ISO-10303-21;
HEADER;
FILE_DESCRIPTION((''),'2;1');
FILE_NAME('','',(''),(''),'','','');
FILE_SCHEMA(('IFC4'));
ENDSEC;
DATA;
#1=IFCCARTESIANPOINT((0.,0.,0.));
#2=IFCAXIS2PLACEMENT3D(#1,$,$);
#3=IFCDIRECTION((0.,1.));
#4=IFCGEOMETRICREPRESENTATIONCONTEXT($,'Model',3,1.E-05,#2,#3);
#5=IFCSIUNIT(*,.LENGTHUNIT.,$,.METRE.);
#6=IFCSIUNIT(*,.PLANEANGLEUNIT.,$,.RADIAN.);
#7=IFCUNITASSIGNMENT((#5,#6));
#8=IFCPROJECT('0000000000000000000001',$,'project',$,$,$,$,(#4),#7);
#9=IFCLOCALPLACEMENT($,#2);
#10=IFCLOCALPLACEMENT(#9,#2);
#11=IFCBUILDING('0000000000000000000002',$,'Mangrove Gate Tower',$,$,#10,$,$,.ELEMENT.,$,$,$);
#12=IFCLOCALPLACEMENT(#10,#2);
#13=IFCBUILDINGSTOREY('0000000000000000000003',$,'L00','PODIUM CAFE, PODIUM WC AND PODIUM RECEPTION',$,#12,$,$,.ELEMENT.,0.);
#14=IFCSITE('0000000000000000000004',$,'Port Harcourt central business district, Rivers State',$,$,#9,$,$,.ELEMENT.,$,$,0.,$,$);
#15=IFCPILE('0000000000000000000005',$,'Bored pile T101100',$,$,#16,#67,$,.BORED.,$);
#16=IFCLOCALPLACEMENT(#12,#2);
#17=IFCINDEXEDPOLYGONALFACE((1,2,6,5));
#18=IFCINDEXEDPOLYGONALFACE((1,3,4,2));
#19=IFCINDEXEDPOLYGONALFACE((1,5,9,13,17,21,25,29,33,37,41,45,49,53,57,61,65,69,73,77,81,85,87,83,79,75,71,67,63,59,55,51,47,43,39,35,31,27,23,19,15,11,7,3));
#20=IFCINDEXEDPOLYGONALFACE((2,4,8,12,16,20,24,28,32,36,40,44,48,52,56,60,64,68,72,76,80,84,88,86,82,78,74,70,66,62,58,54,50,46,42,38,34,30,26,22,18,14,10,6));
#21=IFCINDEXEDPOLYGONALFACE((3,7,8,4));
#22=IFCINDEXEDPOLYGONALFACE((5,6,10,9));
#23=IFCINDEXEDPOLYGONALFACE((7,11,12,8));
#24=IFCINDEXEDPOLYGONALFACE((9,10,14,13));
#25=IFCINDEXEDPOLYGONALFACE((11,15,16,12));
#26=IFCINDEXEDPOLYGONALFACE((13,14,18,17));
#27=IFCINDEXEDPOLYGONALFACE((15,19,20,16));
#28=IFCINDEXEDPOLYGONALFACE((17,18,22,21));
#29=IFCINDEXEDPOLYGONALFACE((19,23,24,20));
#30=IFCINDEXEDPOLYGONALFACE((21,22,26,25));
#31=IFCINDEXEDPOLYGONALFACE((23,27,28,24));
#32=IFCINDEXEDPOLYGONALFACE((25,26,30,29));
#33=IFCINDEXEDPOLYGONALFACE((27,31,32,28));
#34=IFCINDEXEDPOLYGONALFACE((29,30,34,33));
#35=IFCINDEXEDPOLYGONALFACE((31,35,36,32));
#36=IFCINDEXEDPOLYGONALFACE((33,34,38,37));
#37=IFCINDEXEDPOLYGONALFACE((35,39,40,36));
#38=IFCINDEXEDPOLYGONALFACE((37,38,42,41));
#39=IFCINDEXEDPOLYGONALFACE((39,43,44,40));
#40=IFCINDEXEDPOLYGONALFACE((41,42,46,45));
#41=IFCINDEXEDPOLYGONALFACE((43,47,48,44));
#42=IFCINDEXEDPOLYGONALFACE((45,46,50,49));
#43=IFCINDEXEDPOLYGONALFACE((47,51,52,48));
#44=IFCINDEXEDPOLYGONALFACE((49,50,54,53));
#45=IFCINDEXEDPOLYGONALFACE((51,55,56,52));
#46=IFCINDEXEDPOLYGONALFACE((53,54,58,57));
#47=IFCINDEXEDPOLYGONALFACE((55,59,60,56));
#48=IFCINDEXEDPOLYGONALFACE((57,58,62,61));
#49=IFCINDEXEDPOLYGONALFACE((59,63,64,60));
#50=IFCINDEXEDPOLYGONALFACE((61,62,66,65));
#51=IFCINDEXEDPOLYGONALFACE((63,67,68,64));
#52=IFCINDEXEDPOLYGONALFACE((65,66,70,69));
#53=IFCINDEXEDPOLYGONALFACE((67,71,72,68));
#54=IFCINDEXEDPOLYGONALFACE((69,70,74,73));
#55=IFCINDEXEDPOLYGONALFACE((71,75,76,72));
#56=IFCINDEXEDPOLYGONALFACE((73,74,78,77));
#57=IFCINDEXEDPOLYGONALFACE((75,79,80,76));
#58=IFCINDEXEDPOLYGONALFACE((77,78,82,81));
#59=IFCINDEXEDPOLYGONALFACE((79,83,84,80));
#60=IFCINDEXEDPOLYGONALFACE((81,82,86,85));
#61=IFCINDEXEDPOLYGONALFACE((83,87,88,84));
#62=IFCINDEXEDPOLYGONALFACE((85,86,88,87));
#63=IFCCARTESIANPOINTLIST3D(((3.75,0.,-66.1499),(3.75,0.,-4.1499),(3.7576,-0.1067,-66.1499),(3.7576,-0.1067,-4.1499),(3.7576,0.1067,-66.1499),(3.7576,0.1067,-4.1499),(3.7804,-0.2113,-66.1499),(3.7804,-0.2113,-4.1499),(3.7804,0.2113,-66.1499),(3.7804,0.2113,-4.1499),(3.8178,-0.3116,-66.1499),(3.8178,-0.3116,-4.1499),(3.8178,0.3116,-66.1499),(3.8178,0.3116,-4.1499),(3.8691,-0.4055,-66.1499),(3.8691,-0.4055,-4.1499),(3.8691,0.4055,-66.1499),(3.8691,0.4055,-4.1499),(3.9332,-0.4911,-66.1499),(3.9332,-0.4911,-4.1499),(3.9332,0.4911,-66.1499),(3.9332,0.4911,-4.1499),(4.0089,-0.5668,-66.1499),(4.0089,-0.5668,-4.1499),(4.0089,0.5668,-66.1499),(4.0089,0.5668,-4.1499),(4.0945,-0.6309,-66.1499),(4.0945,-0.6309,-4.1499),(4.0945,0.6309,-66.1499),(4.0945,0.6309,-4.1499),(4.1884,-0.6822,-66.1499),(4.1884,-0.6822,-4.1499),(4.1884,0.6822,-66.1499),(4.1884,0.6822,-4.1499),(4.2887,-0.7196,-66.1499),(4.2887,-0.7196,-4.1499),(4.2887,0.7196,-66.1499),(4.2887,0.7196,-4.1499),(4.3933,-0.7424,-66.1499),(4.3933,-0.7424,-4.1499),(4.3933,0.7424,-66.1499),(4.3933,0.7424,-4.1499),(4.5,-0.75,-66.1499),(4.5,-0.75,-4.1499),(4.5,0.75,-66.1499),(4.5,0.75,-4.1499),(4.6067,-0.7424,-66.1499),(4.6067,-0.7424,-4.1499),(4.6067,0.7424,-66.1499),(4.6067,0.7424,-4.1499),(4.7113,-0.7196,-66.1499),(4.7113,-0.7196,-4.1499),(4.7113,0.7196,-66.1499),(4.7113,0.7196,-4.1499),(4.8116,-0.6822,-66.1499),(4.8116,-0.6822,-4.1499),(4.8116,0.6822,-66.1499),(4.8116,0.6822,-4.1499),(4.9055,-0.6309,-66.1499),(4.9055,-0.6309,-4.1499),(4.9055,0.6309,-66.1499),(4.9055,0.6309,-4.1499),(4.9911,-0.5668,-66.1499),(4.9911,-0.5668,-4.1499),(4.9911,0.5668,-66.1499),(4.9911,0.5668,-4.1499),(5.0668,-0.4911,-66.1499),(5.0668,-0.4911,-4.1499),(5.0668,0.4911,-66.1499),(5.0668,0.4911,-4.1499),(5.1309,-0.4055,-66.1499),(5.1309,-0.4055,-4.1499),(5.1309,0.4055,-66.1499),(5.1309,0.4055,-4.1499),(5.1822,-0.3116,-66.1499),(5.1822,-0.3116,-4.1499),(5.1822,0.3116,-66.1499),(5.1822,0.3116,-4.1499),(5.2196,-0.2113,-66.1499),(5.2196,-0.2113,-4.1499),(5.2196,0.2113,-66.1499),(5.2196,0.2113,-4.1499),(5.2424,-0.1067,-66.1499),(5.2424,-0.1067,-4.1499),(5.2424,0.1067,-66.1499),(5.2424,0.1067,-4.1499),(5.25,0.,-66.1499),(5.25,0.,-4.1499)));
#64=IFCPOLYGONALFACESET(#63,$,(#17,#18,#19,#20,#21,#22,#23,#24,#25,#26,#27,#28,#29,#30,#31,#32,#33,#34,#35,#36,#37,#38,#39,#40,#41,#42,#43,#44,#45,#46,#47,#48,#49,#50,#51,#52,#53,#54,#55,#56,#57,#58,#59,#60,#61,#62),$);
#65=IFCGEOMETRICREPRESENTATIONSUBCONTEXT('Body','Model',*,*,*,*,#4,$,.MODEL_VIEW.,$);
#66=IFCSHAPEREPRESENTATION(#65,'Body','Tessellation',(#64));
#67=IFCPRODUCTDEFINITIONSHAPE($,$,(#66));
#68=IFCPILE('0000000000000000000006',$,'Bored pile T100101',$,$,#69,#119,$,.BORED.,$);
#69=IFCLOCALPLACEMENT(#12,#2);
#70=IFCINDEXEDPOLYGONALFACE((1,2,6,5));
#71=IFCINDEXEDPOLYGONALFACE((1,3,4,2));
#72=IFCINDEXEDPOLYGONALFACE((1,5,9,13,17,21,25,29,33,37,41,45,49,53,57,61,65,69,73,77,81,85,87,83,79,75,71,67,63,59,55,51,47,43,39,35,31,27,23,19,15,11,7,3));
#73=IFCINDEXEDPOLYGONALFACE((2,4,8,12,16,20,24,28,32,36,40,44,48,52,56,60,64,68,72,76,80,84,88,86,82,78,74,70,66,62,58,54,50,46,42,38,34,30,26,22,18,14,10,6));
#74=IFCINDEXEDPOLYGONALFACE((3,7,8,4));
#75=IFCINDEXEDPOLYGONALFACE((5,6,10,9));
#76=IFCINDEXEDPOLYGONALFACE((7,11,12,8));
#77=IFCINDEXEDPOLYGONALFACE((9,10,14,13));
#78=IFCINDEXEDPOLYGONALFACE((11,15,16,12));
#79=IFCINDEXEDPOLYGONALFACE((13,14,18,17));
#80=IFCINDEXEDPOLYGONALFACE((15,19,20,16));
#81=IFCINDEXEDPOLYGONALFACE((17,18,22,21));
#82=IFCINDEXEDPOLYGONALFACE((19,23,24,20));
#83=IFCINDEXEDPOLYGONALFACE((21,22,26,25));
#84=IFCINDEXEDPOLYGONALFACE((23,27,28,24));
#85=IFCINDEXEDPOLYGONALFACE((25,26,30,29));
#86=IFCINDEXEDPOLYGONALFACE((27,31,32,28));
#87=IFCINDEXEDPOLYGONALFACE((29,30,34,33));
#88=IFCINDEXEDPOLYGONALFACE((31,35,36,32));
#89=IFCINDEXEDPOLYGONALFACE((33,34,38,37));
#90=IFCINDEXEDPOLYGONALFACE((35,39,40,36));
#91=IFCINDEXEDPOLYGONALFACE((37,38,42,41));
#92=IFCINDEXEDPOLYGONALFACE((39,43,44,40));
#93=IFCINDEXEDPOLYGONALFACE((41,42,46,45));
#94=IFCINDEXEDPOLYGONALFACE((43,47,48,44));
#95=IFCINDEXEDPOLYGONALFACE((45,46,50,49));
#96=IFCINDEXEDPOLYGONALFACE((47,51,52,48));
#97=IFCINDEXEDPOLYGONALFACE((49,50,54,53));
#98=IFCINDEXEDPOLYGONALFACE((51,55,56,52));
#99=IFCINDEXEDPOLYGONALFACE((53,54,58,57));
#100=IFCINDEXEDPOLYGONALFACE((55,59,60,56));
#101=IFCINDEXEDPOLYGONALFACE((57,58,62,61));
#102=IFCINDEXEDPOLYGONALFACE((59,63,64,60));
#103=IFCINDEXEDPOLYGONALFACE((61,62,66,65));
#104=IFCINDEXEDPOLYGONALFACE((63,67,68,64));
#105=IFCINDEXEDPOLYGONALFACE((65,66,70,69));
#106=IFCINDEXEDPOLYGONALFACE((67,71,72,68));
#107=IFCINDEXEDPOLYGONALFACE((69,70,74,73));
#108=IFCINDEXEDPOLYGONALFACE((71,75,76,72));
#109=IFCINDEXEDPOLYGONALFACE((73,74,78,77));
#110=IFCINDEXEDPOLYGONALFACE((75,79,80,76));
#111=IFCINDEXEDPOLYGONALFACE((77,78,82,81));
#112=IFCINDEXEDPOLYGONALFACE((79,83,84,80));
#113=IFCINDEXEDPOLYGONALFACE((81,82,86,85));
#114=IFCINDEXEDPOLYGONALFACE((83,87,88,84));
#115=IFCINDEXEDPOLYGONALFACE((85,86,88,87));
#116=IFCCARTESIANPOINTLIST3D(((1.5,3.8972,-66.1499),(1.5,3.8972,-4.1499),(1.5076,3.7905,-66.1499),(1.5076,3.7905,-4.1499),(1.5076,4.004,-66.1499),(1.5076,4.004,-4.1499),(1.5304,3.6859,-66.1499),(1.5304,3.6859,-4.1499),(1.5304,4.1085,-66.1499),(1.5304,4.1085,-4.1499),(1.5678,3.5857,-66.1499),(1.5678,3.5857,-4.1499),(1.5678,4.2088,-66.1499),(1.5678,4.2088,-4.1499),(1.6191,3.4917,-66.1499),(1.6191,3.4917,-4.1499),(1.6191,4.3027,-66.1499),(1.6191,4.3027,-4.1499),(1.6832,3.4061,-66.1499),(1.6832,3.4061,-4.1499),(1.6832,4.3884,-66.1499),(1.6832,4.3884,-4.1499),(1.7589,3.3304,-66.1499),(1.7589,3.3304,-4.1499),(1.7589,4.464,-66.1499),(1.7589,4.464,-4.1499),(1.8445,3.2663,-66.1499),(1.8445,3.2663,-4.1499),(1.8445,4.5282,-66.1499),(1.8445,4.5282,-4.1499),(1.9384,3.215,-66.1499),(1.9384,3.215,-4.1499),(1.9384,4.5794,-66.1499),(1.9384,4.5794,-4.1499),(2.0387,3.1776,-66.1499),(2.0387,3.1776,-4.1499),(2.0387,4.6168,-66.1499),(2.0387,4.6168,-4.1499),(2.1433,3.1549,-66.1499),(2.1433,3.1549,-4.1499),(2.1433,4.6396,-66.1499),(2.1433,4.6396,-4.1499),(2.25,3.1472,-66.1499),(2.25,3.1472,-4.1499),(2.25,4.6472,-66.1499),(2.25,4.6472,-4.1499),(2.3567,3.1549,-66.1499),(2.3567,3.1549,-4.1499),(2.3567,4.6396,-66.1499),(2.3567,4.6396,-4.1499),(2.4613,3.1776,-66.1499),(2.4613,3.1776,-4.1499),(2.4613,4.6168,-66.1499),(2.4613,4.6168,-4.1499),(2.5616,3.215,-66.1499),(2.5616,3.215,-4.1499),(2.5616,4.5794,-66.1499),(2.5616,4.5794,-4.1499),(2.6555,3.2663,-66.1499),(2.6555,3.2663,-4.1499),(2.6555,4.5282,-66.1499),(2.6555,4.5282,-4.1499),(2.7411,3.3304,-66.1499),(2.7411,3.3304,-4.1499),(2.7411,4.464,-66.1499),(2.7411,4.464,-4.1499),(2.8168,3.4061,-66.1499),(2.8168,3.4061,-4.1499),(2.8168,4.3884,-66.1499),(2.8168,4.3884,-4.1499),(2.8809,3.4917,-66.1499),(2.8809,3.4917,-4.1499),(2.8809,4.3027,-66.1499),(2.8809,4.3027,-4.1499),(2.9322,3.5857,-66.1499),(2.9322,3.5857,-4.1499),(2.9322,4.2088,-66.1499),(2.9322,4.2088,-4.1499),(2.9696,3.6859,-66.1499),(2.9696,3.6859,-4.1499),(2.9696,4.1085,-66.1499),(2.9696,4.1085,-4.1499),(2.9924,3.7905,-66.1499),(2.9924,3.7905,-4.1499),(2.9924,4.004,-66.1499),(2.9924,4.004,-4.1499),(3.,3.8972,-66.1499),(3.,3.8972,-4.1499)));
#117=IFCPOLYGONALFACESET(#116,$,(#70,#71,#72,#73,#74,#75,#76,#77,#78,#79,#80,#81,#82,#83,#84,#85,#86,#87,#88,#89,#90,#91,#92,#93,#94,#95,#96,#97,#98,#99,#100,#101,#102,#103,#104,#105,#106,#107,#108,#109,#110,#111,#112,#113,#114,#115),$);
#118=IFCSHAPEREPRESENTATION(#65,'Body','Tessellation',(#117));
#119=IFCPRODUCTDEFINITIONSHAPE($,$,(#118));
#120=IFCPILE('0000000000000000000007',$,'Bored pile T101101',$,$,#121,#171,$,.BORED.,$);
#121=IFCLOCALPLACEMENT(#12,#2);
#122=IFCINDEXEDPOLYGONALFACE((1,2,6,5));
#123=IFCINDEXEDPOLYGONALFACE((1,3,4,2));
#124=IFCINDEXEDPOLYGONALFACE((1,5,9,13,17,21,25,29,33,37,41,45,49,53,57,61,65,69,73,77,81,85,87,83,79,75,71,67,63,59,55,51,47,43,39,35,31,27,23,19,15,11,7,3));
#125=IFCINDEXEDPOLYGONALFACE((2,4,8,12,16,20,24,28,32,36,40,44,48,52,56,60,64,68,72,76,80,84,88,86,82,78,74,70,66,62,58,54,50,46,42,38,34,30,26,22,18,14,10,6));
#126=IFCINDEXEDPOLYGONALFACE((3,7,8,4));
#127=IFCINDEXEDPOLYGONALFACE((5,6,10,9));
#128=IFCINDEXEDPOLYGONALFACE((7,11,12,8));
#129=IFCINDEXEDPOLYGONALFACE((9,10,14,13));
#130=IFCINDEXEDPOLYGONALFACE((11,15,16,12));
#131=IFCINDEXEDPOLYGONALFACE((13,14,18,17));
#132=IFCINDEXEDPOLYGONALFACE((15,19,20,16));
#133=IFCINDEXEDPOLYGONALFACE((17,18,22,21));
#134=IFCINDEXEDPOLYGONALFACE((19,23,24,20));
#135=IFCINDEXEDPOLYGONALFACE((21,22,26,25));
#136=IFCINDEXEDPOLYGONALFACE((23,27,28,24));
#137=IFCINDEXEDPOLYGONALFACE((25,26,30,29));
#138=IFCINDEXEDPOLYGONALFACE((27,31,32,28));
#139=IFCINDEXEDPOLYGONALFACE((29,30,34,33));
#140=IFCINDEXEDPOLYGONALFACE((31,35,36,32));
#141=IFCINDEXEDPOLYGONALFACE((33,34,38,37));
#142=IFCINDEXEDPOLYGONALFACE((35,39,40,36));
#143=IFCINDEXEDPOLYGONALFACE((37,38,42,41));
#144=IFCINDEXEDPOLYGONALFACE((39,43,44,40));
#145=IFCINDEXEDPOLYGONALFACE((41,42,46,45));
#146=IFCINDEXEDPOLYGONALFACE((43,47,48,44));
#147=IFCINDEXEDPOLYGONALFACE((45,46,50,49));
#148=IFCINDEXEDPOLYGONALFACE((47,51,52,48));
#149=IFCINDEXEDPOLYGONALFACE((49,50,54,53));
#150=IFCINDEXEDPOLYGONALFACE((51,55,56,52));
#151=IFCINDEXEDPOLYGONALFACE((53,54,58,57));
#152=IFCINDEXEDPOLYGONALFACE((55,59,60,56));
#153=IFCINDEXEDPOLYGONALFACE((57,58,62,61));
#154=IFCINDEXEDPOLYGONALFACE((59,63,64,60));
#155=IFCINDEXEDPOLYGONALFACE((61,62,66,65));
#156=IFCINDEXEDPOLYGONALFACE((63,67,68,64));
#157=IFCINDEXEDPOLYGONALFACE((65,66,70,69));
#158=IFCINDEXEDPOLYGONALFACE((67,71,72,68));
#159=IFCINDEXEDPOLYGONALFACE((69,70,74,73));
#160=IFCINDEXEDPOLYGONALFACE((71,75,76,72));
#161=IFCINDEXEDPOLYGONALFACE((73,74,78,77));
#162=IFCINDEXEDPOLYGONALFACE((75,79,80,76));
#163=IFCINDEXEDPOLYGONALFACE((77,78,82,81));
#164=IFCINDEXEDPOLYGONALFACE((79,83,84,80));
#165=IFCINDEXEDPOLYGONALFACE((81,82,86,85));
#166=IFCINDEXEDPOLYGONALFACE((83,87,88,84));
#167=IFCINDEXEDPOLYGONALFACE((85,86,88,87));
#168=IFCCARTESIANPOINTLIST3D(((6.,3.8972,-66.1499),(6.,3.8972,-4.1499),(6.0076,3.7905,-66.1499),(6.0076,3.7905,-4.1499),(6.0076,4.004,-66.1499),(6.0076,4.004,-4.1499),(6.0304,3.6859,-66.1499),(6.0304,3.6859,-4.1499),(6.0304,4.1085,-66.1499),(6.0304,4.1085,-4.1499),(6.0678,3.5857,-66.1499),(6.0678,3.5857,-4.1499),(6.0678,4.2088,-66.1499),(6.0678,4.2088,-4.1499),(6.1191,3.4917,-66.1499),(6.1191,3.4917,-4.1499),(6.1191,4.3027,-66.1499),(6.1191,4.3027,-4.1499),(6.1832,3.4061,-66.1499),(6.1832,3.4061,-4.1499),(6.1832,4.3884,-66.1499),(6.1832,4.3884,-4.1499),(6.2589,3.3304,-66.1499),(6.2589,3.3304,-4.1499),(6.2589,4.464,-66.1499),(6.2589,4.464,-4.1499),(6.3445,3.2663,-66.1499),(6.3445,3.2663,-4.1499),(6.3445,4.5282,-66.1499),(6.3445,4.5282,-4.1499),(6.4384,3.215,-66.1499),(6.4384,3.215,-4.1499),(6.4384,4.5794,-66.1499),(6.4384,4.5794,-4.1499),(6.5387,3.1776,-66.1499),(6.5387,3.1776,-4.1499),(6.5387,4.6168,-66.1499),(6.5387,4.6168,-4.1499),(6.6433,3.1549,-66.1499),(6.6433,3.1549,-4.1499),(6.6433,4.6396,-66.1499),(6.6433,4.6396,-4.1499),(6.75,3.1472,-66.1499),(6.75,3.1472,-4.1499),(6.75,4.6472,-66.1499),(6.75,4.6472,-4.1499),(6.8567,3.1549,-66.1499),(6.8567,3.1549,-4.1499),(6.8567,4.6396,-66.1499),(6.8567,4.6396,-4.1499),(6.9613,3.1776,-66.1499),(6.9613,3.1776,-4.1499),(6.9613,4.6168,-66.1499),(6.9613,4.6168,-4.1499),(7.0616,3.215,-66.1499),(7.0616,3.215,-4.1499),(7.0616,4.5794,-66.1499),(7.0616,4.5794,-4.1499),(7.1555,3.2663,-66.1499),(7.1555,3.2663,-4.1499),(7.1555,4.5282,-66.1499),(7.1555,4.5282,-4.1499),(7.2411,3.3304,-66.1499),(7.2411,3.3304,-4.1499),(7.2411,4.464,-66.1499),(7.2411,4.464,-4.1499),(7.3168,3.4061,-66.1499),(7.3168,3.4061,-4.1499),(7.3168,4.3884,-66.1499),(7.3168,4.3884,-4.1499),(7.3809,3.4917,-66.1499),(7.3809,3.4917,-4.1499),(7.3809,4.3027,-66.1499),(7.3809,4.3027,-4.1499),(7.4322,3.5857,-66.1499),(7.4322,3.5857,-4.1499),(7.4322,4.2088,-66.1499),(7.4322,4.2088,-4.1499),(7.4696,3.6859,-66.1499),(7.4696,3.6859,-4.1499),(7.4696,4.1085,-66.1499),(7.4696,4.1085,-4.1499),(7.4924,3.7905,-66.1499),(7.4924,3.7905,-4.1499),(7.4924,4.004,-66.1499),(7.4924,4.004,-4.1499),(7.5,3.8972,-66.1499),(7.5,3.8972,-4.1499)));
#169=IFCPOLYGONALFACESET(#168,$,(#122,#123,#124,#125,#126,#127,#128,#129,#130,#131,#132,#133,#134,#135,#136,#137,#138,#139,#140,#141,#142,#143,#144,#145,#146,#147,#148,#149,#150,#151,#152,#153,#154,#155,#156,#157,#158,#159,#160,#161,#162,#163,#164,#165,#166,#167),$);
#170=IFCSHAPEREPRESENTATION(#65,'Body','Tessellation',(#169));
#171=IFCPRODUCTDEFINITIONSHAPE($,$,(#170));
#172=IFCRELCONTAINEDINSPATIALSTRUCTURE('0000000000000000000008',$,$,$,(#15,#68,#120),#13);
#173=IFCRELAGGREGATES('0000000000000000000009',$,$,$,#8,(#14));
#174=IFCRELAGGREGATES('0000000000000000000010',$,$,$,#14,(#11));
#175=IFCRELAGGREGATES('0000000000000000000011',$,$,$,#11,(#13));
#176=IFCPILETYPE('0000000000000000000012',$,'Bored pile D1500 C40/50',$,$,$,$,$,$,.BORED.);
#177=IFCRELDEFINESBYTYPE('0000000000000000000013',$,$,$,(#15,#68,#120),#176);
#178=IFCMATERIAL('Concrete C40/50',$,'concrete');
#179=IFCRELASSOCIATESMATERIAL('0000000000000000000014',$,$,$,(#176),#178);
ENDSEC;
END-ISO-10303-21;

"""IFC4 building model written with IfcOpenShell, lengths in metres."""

from ifc_helpers import new_model, si_unit, direction, frame, origin, origin_2d, place, context, subcontext, project, spatial, circle, extrude, material, material_profile, profile_set, type_object, element, save


model = new_model("IFC4")

# Units and contexts
model_context = context("Model", 3, precision=1e-05, world=origin(), true_north=direction((0.0, 1.0)))
body_context = subcontext(model_context, "Body", "Model", "MODEL_VIEW")
ifc_project = project(units=[si_unit("LENGTHUNIT", "METRE"), si_unit("PLANEANGLEUNIT", "RADIAN")], contexts=[model_context])

# Site, building, storey
site_placement = place(None, origin())
site = spatial("IfcSite", under=ifc_project, at=site_placement, Name="Port Harcourt central business district, Rivers State", CompositionType="ELEMENT", RefElevation=0.0)
building_placement = place(site_placement, origin())
building = spatial("IfcBuilding", under=site, at=building_placement, Name="Mangrove Gate Tower", CompositionType="ELEMENT")
storey_placement = place(building_placement, origin())
storey = spatial("IfcBuildingStorey", under=building, at=storey_placement, Name="L00", Description="PODIUM CAFE, PODIUM WC AND PODIUM RECEPTION", CompositionType="ELEMENT", Elevation=0.0)

# Piles
ifc_material_1 = material(Name="Concrete C40/50", Category="concrete")
ifc_material_profile = material_profile(ifc_material_1, circle(Radius=0.75, at=origin_2d()))
ifc_profile_set = profile_set([ifc_material_profile], Name="Concrete C40/50")
pile_type = type_object("IfcPileType", Name="Bored pile D1500 C40/50", PredefinedType="BORED", material=ifc_profile_set)
for number, where, z_axis, x_axis, name in (
    (1, (4.5, 0.0, -4.1499), (0.0, 0.0, -1.0), (1.0, 0.0, 0.0), "Bored pile T101100"),
    (2, (2.25, 3.8972, -4.1499), (0.0, 0.0, -1.0), (1.0, 0.0, 0.0), "Bored pile T100101"),
    (3, (6.75, 3.8972, -4.1499), (0.0, 0.0, -1.0), (1.0, 0.0, 0.0), "Bored pile T101101"),
):
    element("IfcPile", number, at=place(storey_placement, frame(where, z_axis=z_axis, x_axis=x_axis)), inside=storey, type_object=pile_type, Name=name, PredefinedType="BORED", context=body_context, shape_type="SweptSolid", body=[
        extrude(circle(Radius=0.75, at=origin_2d()), origin(), (0.0, 0.0, 1.0), 62.0),
    ])

save(model, "model.ifc")
